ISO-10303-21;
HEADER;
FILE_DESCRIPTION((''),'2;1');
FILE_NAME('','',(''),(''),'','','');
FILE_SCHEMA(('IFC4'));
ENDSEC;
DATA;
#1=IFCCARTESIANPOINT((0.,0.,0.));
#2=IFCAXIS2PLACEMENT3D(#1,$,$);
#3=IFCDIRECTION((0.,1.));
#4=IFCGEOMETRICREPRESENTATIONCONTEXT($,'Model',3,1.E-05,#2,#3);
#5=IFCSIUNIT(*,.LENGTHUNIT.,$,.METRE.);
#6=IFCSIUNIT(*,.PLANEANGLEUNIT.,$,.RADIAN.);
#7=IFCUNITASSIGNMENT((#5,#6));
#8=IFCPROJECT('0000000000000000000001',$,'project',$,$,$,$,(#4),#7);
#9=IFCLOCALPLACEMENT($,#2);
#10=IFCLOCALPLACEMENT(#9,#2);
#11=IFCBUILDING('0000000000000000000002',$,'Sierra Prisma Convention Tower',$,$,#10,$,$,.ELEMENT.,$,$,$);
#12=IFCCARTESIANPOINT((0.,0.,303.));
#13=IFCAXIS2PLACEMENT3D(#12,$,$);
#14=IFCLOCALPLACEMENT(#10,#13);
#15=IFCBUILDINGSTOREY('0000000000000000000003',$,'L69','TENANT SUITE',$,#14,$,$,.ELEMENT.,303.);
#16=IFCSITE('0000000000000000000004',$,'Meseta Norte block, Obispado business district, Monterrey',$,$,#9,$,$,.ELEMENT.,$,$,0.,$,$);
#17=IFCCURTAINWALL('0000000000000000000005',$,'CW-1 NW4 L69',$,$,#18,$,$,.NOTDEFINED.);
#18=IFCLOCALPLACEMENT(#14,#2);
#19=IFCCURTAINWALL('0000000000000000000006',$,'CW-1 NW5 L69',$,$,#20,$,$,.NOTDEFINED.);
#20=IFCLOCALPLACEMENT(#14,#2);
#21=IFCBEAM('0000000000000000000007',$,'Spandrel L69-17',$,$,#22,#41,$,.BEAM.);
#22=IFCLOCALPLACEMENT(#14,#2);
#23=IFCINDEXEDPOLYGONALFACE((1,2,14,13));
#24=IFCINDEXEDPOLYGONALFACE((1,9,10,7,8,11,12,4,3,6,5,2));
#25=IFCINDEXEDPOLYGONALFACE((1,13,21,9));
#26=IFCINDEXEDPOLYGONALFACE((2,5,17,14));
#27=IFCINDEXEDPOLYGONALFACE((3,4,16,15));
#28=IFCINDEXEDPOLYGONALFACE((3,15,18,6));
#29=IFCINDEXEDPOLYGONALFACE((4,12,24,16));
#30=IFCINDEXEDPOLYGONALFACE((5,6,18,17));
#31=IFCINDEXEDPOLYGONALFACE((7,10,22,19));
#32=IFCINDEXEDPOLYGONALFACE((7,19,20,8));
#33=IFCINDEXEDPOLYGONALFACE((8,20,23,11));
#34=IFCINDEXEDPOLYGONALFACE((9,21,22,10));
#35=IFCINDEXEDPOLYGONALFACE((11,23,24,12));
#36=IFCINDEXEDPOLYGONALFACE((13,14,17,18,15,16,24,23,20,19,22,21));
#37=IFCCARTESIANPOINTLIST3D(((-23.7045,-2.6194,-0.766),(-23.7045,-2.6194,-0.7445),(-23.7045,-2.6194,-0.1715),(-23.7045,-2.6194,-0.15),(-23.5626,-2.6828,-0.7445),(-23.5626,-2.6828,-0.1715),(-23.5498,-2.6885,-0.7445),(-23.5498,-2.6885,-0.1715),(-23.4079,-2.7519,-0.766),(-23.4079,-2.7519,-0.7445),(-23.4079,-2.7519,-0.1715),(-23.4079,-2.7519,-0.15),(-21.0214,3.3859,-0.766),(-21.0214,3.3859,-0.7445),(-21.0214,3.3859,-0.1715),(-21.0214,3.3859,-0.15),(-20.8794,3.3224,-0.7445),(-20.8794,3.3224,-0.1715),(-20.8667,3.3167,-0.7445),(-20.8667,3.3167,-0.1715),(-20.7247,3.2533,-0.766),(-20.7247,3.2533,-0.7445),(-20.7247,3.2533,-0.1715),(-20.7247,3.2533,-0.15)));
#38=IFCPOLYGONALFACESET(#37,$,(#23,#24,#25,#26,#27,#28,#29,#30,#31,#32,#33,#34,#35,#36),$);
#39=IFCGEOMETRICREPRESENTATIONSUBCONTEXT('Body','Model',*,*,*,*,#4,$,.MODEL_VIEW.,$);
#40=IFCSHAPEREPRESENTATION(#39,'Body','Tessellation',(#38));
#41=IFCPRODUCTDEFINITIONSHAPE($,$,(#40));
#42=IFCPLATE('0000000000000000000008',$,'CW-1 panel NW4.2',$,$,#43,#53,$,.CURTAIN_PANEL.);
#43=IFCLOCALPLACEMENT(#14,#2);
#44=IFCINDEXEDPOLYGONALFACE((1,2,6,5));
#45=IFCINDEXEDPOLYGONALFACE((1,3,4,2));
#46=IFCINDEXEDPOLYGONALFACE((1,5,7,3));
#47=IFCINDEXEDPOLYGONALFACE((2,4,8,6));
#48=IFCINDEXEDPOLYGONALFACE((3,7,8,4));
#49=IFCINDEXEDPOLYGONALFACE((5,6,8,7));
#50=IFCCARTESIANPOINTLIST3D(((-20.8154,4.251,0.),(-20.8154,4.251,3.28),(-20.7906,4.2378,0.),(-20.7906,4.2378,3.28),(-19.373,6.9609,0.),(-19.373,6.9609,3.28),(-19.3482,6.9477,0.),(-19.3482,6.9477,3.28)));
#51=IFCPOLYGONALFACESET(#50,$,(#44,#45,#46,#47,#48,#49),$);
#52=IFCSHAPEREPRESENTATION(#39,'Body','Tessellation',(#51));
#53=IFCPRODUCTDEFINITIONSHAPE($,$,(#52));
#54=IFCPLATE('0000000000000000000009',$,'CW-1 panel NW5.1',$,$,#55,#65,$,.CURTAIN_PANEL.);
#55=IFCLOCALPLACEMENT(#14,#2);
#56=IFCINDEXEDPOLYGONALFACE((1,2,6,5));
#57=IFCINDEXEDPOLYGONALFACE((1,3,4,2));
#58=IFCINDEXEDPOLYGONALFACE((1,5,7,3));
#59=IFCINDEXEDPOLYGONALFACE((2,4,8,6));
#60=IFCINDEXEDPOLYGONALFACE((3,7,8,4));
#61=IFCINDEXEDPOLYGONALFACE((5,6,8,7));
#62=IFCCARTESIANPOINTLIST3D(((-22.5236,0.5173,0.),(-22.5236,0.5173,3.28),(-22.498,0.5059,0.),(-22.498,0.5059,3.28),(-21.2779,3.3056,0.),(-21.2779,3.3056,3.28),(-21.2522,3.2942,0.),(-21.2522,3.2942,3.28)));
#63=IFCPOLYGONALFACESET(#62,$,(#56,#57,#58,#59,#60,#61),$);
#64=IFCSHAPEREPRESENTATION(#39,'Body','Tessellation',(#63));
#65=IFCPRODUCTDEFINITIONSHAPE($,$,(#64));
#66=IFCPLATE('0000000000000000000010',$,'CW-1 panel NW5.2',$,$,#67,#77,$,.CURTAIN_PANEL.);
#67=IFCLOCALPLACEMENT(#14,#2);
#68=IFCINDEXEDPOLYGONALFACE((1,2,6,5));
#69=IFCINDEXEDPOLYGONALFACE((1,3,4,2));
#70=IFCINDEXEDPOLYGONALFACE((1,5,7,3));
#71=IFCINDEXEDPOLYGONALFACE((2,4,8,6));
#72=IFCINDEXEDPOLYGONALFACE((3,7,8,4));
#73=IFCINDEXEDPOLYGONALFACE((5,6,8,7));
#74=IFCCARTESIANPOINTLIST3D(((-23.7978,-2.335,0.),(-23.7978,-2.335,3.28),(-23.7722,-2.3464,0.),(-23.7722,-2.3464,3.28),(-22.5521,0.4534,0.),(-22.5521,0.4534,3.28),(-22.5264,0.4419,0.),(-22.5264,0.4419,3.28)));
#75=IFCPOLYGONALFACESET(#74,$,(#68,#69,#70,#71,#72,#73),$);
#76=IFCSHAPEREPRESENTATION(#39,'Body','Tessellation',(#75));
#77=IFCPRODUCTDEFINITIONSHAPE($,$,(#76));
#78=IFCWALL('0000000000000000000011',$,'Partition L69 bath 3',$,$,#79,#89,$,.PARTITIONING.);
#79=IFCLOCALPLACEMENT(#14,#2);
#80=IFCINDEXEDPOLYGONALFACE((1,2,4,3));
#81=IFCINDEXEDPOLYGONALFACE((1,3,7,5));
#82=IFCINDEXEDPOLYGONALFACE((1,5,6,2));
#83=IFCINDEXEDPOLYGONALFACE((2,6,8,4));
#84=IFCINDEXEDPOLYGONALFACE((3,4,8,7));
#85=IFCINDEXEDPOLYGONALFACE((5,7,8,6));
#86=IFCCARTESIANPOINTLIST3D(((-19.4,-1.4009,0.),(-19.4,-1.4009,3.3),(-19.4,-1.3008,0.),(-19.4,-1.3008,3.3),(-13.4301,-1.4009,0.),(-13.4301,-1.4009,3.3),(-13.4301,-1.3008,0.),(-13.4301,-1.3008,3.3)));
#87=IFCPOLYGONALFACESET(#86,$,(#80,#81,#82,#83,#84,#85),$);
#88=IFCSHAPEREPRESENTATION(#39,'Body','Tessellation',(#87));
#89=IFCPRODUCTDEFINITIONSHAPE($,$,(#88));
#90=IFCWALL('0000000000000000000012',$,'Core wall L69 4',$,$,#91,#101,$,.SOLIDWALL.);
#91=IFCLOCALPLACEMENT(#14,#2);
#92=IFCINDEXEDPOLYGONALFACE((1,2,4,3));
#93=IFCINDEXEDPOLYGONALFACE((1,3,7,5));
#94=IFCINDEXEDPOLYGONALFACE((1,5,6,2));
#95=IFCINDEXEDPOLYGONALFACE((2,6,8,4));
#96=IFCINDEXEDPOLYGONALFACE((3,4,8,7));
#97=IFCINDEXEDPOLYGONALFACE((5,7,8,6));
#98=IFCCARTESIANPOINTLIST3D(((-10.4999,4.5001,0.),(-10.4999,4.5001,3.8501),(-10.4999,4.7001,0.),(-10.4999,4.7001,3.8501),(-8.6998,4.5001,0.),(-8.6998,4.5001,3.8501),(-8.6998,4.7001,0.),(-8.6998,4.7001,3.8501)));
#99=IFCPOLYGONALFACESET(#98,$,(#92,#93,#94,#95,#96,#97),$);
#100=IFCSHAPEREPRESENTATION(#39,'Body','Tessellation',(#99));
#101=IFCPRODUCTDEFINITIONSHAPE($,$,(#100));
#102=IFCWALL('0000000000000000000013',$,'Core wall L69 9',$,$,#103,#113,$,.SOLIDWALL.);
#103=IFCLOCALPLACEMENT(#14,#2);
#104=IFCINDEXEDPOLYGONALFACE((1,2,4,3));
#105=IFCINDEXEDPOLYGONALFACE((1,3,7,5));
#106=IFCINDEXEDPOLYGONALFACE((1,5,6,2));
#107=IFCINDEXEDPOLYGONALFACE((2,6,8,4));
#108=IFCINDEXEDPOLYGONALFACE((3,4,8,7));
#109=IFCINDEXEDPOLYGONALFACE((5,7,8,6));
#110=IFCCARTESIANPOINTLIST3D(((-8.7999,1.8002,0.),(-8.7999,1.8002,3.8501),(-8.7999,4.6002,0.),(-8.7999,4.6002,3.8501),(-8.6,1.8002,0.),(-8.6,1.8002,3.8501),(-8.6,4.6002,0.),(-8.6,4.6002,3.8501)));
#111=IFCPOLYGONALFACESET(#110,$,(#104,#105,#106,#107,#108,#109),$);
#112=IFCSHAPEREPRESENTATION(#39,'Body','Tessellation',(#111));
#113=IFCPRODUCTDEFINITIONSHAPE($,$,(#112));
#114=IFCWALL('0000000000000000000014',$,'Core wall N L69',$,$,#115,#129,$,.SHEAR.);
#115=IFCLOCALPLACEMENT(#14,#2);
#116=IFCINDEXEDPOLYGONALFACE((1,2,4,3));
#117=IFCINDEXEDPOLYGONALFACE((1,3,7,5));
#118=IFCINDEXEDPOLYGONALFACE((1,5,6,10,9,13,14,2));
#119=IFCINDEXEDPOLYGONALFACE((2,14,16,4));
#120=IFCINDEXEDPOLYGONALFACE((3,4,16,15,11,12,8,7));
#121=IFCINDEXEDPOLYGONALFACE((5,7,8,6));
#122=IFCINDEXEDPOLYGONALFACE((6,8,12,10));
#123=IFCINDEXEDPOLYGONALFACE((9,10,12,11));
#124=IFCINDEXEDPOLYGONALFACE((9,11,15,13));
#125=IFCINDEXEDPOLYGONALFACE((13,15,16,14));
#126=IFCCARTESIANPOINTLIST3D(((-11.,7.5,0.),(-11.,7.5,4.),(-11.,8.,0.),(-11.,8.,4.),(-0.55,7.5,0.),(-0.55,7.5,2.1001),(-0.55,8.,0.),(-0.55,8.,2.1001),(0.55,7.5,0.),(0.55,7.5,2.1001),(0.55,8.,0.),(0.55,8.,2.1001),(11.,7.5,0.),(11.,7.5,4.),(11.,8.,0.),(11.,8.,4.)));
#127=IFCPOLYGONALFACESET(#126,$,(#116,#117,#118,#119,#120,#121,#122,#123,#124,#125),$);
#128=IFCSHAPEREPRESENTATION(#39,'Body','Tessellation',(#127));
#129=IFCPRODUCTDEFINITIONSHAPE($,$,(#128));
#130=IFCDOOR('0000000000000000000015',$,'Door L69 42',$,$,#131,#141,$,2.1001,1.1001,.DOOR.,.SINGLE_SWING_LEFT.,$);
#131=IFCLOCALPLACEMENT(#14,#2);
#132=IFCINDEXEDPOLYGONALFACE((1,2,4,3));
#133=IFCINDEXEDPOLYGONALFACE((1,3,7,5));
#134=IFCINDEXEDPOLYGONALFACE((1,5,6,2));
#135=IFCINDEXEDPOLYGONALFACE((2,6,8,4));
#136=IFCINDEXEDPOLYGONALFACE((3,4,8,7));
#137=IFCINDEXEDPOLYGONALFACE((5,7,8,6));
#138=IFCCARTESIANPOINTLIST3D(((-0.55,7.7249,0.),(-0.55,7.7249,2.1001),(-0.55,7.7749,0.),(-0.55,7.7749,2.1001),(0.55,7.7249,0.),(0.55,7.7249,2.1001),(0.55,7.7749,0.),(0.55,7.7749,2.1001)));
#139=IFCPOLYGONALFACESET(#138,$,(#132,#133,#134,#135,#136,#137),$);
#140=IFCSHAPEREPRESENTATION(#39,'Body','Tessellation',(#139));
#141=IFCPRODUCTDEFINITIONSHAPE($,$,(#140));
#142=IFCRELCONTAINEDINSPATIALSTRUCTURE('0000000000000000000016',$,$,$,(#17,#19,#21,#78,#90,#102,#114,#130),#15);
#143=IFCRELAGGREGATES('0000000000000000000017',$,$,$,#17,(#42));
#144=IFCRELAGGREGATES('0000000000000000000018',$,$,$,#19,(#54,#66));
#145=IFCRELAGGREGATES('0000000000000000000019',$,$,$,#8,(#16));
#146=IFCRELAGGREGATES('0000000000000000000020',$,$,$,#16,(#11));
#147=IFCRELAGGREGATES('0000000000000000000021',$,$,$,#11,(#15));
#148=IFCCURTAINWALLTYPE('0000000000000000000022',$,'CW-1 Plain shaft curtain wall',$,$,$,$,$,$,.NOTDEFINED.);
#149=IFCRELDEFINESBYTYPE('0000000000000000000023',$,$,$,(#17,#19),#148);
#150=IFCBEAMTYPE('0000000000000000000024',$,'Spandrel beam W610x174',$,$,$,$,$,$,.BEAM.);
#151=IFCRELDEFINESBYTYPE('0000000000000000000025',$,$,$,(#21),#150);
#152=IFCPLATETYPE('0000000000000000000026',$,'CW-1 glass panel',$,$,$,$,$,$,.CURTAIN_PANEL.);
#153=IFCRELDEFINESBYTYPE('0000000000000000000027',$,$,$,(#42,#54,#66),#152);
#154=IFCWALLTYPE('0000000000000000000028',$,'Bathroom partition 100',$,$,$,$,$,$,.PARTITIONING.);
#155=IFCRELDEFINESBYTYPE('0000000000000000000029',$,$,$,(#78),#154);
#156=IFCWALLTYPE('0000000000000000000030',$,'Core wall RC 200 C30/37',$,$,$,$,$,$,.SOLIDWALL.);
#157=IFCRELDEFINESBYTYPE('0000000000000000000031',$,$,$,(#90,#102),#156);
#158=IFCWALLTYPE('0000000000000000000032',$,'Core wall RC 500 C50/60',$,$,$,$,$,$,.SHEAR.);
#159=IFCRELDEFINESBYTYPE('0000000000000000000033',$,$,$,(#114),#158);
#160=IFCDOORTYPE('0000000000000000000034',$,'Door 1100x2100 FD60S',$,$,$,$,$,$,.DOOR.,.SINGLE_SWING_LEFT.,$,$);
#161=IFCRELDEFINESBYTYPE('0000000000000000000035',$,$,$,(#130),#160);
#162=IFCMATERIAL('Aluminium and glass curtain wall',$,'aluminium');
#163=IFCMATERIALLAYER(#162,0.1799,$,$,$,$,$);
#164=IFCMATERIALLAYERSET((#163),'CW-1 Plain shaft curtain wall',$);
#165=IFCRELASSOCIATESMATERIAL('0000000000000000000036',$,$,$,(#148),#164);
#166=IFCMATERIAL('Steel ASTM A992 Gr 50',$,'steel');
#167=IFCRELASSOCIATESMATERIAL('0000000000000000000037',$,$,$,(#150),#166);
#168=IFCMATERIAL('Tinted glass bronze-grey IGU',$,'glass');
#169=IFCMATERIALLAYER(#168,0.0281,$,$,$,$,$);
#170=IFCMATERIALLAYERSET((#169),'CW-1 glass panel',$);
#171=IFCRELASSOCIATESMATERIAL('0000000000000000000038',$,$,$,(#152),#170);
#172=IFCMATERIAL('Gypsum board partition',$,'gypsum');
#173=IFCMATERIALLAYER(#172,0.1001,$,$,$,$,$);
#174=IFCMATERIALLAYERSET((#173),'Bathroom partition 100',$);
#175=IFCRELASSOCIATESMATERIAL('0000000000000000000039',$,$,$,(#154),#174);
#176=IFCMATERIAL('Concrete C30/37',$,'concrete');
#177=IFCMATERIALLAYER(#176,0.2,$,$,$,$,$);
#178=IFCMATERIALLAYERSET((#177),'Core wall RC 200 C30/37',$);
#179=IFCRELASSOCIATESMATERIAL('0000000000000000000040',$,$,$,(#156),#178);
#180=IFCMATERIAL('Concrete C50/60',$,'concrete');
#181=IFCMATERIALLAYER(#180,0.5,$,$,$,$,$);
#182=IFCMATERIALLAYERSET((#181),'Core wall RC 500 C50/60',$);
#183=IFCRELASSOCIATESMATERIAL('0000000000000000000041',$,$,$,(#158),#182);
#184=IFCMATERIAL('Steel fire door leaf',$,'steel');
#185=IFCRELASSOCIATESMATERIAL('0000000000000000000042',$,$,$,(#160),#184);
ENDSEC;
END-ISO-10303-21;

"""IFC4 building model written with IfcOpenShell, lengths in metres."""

from ifc_helpers import new_model, si_unit, direction, frame, frame_2d, origin, origin_2d, place, context, subcontext, project, spatial, rectangle, i_section, extrude, material, layer, layer_set, material_profile, profile_set, type_object, element, fill, aggregate, save


model = new_model("IFC4")

# Units and contexts
model_context = context("Model", 3, precision=1e-05, world=origin(), true_north=direction((0.0, 1.0)))
body_context = subcontext(model_context, "Body", "Model", "MODEL_VIEW")
ifc_project = project(units=[si_unit("LENGTHUNIT", "METRE"), si_unit("PLANEANGLEUNIT", "RADIAN")], contexts=[model_context])

# Site, building, storey
site_placement = place(None, origin())
site = spatial("IfcSite", under=ifc_project, at=site_placement, Name="Meseta Norte block, Obispado business district, Monterrey", CompositionType="ELEMENT", RefElevation=0.0)
building_placement = place(site_placement, origin())
building = spatial("IfcBuilding", under=site, at=building_placement, Name="Sierra Prisma Convention Tower", CompositionType="ELEMENT")
storey_placement = place(building_placement, frame((0.0, 0.0, 303.0)))
storey = spatial("IfcBuildingStorey", under=building, at=storey_placement, Name="L69", Description="TENANT SUITE", CompositionType="ELEMENT", Elevation=303.0)

# Curtain wall
ifc_material_1 = material(Name="Aluminium and glass curtain wall", Category="aluminium")
ifc_layer_1 = layer(ifc_material_1, 0.1799)
ifc_layer_set_1 = layer_set([ifc_layer_1], Name="CW-1 Plain shaft curtain wall")
curtain_wall_type = type_object("IfcCurtainWallType", Name="CW-1 Plain shaft curtain wall", PredefinedType="NOTDEFINED", material=ifc_layer_set_1)
curtain_wall_1_placement = place(storey_placement, origin())
curtain_wall_1 = element("IfcCurtainWall", 1, at=curtain_wall_1_placement, inside=storey, type_object=curtain_wall_type, Name="CW-1 NW4 L69", PredefinedType="NOTDEFINED")

# Curtain wall
curtain_wall_2_placement = place(storey_placement, origin())
curtain_wall_2 = element("IfcCurtainWall", 2, at=curtain_wall_2_placement, inside=storey, type_object=curtain_wall_type, Name="CW-1 NW5 L69", PredefinedType="NOTDEFINED")

# Beam
ifc_material_2 = material(Name="Steel ASTM A992 Gr 50", Category="steel")
ifc_material_profile_1 = material_profile(ifc_material_2, i_section(OverallWidth=0.325, OverallDepth=0.616, WebThickness=0.0139, FlangeThickness=0.0215, at=origin_2d()), Name="W610x174")
ifc_profile_set_1 = profile_set([ifc_material_profile_1], Name="Steel ASTM A992 Gr 50")
beam_type_1 = type_object("IfcBeamType", Name="Spandrel beam W610x174", PredefinedType="BEAM", material=ifc_profile_set_1)
beam_1_placement = place(storey_placement, frame((-20.873, 3.3196, -0.458), z_axis=(-0.407935, -0.913011, 0.0), x_axis=(0.913011, -0.407935, 0.0)))
element("IfcBeam", 3, at=beam_1_placement, inside=storey, type_object=beam_type_1, Name="Spandrel L69-17", PredefinedType="BEAM", context=body_context, shape_type="SweptSolid", body=[
    extrude(i_section(OverallWidth=0.325, OverallDepth=0.616, WebThickness=0.0139, FlangeThickness=0.0215, at=origin_2d()), origin(), (0.0, 0.0, 1.0), 6.5774),
])

# Plates
ifc_material_3 = material(Name="Tinted glass bronze-grey IGU", Category="glass")
ifc_layer_2 = layer(ifc_material_3, 0.0281)
ifc_layer_set_2 = layer_set([ifc_layer_2], Name="CW-1 glass panel")
plate_type = type_object("IfcPlateType", Name="CW-1 glass panel", PredefinedType="CURTAIN_PANEL", material=ifc_layer_set_2)
plate_1_placement = place(storey_placement, frame((-20.0818, 5.5994, 0.0), z_axis=(0.0, 0.0, 1.0), x_axis=(-0.469851, -0.882746, 0.0)))
plate_1 = element("IfcPlate", 4, at=plate_1_placement, type_object=plate_type, Name="CW-1 panel NW4.2", PredefinedType="CURTAIN_PANEL", context=body_context, shape_type="SweptSolid", body=[
    extrude(rectangle(XDim=3.0698, YDim=0.0281, at=origin_2d()), origin(), (0.0, 0.0, 1.0), 3.28),
])
aggregate(curtain_wall_1, [plate_1])
plate_2_placement = place(storey_placement, frame((-21.8879, 1.9058, 0.0), z_axis=(0.0, 0.0, 1.0), x_axis=(-0.407914, -0.91302, 0.0)))
plate_2 = element("IfcPlate", 5, at=plate_2_placement, type_object=plate_type, Name="CW-1 panel NW5.1", PredefinedType="CURTAIN_PANEL", context=body_context, shape_type="SweptSolid", body=[
    extrude(rectangle(XDim=3.054, YDim=0.0281, at=origin_2d()), origin(), (0.0, 0.0, 1.0), 3.28),
])
plate_3_placement = place(storey_placement, frame((-23.1621, -0.9465, 0.0), z_axis=(0.0, 0.0, 1.0), x_axis=(-0.407914, -0.91302, 0.0)))
plate_3 = element("IfcPlate", 6, at=plate_3_placement, type_object=plate_type, Name="CW-1 panel NW5.2", PredefinedType="CURTAIN_PANEL", context=body_context, shape_type="SweptSolid", body=[
    extrude(rectangle(XDim=3.054, YDim=0.0281, at=origin_2d()), origin(), (0.0, 0.0, 1.0), 3.28),
])
aggregate(curtain_wall_2, [plate_2, plate_3])

# Wall
ifc_material_4 = material(Name="Gypsum board partition", Category="gypsum")
ifc_layer_3 = layer(ifc_material_4, 0.1001)
ifc_layer_set_3 = layer_set([ifc_layer_3], Name="Bathroom partition 100")
wall_type_1 = type_object("IfcWallType", Name="Bathroom partition 100", PredefinedType="PARTITIONING", material=ifc_layer_set_3)
wall_1_placement = place(storey_placement, frame((-19.3999, -1.3508, 0.0), z_axis=(0.0, 0.0, 1.0), x_axis=(1.0, 0.0, 0.0)))
element("IfcWall", 7, at=wall_1_placement, inside=storey, type_object=wall_type_1, Name="Partition L69 bath 3", PredefinedType="PARTITIONING", context=body_context, shape_type="SweptSolid", body=[
    extrude(rectangle(XDim=5.97, YDim=0.1001, at=frame_2d((2.9849, 0.0))), origin(), (0.0, 0.0, 1.0), 3.3),
])

# Shared definitions
ifc_material_5 = material(Name="Concrete C30/37", Category="concrete")
ifc_layer_4 = layer(ifc_material_5, 0.2)
ifc_layer_set_4 = layer_set([ifc_layer_4], Name="Core wall RC 200 C30/37")
wall_type_2 = type_object("IfcWallType", Name="Core wall RC 200 C30/37", PredefinedType="SOLIDWALL", material=ifc_layer_set_4)

# Wall
wall_2_placement = place(storey_placement, frame((-8.7, 4.6001, 0.0), z_axis=(0.0, 0.0, 1.0), x_axis=(-1.0, 0.0, 0.0)))
element("IfcWall", 8, at=wall_2_placement, inside=storey, type_object=wall_type_2, Name="Core wall L69 4", PredefinedType="SOLIDWALL", context=body_context, shape_type="SweptSolid", body=[
    extrude(rectangle(XDim=1.8, YDim=0.2, at=frame_2d((0.8999, 0.0))), origin(), (0.0, 0.0, 1.0), 3.8501),
])

# Wall
wall_3_placement = place(storey_placement, frame((-8.7, 4.6001, 0.0), z_axis=(0.0, 0.0, 1.0), x_axis=(0.0, -1.0, 0.0)))
element("IfcWall", 9, at=wall_3_placement, inside=storey, type_object=wall_type_2, Name="Core wall L69 9", PredefinedType="SOLIDWALL", context=body_context, shape_type="SweptSolid", body=[
    extrude(rectangle(XDim=2.8, YDim=0.2, at=frame_2d((1.3999, 0.0))), origin(), (0.0, 0.0, 1.0), 3.8501),
])

# Wall, opening, door
ifc_material_6 = material(Name="Concrete C50/60", Category="concrete")
ifc_layer_5 = layer(ifc_material_6, 0.5)
ifc_layer_set_5 = layer_set([ifc_layer_5], Name="Core wall RC 500 C50/60")
wall_type_3 = type_object("IfcWallType", Name="Core wall RC 500 C50/60", PredefinedType="SHEAR", material=ifc_layer_set_5)
wall_4_placement = place(storey_placement, frame((-11.0, 7.75, 0.0), z_axis=(0.0, 0.0, 1.0), x_axis=(1.0, 0.0, 0.0)))
wall_4 = element("IfcWall", 10, at=wall_4_placement, inside=storey, type_object=wall_type_3, Name="Core wall N L69", PredefinedType="SHEAR", context=body_context, shape_type="SweptSolid", body=[
    extrude(rectangle(XDim=22.0, YDim=0.5, at=frame_2d((11.0, 0.0))), origin(), (0.0, 0.0, 1.0), 4.0),
])
opening_1_placement = place(wall_4_placement, frame((10.45, 0.0, 0.0)))
opening_1 = element("IfcOpeningElement", 11, at=opening_1_placement, cuts=wall_4, PredefinedType="OPENING", context=body_context, shape_type="SweptSolid", body=[
    extrude(rectangle(XDim=1.1001, YDim=2.1001, at=frame_2d((0.55, 1.05))), frame((0.0, 0.25, 0.0), z_axis=(0.0, -1.0, 0.0), x_axis=(1.0, 0.0, 0.0)), (0.0, 0.0, 1.0), 0.5),
])
ifc_material_7 = material(Name="Steel fire door leaf", Category="steel")
door_type_1 = type_object("IfcDoorType", Name="Door 1100x2100 FD60S", OperationType="SINGLE_SWING_LEFT", PredefinedType="DOOR", material=ifc_material_7)
door_1_placement = place(opening_1_placement, origin())
door_1 = element("IfcDoor", 12, at=door_1_placement, inside=storey, type_object=door_type_1, Name="Door L69 42", OperationType="SINGLE_SWING_LEFT", OverallHeight=2.1001, OverallWidth=1.1001, PredefinedType="DOOR", context=body_context, shape_type="SweptSolid", body=[
    extrude(rectangle(XDim=1.1001, YDim=2.1001, at=frame_2d((0.55, 1.05))), frame((0.0, 0.0249, 0.0), z_axis=(0.0, -1.0, 0.0), x_axis=(1.0, 0.0, 0.0)), (0.0, 0.0, 1.0), 0.05),
])
fill(opening_1, door_1)

save(model, "model.ifc")
